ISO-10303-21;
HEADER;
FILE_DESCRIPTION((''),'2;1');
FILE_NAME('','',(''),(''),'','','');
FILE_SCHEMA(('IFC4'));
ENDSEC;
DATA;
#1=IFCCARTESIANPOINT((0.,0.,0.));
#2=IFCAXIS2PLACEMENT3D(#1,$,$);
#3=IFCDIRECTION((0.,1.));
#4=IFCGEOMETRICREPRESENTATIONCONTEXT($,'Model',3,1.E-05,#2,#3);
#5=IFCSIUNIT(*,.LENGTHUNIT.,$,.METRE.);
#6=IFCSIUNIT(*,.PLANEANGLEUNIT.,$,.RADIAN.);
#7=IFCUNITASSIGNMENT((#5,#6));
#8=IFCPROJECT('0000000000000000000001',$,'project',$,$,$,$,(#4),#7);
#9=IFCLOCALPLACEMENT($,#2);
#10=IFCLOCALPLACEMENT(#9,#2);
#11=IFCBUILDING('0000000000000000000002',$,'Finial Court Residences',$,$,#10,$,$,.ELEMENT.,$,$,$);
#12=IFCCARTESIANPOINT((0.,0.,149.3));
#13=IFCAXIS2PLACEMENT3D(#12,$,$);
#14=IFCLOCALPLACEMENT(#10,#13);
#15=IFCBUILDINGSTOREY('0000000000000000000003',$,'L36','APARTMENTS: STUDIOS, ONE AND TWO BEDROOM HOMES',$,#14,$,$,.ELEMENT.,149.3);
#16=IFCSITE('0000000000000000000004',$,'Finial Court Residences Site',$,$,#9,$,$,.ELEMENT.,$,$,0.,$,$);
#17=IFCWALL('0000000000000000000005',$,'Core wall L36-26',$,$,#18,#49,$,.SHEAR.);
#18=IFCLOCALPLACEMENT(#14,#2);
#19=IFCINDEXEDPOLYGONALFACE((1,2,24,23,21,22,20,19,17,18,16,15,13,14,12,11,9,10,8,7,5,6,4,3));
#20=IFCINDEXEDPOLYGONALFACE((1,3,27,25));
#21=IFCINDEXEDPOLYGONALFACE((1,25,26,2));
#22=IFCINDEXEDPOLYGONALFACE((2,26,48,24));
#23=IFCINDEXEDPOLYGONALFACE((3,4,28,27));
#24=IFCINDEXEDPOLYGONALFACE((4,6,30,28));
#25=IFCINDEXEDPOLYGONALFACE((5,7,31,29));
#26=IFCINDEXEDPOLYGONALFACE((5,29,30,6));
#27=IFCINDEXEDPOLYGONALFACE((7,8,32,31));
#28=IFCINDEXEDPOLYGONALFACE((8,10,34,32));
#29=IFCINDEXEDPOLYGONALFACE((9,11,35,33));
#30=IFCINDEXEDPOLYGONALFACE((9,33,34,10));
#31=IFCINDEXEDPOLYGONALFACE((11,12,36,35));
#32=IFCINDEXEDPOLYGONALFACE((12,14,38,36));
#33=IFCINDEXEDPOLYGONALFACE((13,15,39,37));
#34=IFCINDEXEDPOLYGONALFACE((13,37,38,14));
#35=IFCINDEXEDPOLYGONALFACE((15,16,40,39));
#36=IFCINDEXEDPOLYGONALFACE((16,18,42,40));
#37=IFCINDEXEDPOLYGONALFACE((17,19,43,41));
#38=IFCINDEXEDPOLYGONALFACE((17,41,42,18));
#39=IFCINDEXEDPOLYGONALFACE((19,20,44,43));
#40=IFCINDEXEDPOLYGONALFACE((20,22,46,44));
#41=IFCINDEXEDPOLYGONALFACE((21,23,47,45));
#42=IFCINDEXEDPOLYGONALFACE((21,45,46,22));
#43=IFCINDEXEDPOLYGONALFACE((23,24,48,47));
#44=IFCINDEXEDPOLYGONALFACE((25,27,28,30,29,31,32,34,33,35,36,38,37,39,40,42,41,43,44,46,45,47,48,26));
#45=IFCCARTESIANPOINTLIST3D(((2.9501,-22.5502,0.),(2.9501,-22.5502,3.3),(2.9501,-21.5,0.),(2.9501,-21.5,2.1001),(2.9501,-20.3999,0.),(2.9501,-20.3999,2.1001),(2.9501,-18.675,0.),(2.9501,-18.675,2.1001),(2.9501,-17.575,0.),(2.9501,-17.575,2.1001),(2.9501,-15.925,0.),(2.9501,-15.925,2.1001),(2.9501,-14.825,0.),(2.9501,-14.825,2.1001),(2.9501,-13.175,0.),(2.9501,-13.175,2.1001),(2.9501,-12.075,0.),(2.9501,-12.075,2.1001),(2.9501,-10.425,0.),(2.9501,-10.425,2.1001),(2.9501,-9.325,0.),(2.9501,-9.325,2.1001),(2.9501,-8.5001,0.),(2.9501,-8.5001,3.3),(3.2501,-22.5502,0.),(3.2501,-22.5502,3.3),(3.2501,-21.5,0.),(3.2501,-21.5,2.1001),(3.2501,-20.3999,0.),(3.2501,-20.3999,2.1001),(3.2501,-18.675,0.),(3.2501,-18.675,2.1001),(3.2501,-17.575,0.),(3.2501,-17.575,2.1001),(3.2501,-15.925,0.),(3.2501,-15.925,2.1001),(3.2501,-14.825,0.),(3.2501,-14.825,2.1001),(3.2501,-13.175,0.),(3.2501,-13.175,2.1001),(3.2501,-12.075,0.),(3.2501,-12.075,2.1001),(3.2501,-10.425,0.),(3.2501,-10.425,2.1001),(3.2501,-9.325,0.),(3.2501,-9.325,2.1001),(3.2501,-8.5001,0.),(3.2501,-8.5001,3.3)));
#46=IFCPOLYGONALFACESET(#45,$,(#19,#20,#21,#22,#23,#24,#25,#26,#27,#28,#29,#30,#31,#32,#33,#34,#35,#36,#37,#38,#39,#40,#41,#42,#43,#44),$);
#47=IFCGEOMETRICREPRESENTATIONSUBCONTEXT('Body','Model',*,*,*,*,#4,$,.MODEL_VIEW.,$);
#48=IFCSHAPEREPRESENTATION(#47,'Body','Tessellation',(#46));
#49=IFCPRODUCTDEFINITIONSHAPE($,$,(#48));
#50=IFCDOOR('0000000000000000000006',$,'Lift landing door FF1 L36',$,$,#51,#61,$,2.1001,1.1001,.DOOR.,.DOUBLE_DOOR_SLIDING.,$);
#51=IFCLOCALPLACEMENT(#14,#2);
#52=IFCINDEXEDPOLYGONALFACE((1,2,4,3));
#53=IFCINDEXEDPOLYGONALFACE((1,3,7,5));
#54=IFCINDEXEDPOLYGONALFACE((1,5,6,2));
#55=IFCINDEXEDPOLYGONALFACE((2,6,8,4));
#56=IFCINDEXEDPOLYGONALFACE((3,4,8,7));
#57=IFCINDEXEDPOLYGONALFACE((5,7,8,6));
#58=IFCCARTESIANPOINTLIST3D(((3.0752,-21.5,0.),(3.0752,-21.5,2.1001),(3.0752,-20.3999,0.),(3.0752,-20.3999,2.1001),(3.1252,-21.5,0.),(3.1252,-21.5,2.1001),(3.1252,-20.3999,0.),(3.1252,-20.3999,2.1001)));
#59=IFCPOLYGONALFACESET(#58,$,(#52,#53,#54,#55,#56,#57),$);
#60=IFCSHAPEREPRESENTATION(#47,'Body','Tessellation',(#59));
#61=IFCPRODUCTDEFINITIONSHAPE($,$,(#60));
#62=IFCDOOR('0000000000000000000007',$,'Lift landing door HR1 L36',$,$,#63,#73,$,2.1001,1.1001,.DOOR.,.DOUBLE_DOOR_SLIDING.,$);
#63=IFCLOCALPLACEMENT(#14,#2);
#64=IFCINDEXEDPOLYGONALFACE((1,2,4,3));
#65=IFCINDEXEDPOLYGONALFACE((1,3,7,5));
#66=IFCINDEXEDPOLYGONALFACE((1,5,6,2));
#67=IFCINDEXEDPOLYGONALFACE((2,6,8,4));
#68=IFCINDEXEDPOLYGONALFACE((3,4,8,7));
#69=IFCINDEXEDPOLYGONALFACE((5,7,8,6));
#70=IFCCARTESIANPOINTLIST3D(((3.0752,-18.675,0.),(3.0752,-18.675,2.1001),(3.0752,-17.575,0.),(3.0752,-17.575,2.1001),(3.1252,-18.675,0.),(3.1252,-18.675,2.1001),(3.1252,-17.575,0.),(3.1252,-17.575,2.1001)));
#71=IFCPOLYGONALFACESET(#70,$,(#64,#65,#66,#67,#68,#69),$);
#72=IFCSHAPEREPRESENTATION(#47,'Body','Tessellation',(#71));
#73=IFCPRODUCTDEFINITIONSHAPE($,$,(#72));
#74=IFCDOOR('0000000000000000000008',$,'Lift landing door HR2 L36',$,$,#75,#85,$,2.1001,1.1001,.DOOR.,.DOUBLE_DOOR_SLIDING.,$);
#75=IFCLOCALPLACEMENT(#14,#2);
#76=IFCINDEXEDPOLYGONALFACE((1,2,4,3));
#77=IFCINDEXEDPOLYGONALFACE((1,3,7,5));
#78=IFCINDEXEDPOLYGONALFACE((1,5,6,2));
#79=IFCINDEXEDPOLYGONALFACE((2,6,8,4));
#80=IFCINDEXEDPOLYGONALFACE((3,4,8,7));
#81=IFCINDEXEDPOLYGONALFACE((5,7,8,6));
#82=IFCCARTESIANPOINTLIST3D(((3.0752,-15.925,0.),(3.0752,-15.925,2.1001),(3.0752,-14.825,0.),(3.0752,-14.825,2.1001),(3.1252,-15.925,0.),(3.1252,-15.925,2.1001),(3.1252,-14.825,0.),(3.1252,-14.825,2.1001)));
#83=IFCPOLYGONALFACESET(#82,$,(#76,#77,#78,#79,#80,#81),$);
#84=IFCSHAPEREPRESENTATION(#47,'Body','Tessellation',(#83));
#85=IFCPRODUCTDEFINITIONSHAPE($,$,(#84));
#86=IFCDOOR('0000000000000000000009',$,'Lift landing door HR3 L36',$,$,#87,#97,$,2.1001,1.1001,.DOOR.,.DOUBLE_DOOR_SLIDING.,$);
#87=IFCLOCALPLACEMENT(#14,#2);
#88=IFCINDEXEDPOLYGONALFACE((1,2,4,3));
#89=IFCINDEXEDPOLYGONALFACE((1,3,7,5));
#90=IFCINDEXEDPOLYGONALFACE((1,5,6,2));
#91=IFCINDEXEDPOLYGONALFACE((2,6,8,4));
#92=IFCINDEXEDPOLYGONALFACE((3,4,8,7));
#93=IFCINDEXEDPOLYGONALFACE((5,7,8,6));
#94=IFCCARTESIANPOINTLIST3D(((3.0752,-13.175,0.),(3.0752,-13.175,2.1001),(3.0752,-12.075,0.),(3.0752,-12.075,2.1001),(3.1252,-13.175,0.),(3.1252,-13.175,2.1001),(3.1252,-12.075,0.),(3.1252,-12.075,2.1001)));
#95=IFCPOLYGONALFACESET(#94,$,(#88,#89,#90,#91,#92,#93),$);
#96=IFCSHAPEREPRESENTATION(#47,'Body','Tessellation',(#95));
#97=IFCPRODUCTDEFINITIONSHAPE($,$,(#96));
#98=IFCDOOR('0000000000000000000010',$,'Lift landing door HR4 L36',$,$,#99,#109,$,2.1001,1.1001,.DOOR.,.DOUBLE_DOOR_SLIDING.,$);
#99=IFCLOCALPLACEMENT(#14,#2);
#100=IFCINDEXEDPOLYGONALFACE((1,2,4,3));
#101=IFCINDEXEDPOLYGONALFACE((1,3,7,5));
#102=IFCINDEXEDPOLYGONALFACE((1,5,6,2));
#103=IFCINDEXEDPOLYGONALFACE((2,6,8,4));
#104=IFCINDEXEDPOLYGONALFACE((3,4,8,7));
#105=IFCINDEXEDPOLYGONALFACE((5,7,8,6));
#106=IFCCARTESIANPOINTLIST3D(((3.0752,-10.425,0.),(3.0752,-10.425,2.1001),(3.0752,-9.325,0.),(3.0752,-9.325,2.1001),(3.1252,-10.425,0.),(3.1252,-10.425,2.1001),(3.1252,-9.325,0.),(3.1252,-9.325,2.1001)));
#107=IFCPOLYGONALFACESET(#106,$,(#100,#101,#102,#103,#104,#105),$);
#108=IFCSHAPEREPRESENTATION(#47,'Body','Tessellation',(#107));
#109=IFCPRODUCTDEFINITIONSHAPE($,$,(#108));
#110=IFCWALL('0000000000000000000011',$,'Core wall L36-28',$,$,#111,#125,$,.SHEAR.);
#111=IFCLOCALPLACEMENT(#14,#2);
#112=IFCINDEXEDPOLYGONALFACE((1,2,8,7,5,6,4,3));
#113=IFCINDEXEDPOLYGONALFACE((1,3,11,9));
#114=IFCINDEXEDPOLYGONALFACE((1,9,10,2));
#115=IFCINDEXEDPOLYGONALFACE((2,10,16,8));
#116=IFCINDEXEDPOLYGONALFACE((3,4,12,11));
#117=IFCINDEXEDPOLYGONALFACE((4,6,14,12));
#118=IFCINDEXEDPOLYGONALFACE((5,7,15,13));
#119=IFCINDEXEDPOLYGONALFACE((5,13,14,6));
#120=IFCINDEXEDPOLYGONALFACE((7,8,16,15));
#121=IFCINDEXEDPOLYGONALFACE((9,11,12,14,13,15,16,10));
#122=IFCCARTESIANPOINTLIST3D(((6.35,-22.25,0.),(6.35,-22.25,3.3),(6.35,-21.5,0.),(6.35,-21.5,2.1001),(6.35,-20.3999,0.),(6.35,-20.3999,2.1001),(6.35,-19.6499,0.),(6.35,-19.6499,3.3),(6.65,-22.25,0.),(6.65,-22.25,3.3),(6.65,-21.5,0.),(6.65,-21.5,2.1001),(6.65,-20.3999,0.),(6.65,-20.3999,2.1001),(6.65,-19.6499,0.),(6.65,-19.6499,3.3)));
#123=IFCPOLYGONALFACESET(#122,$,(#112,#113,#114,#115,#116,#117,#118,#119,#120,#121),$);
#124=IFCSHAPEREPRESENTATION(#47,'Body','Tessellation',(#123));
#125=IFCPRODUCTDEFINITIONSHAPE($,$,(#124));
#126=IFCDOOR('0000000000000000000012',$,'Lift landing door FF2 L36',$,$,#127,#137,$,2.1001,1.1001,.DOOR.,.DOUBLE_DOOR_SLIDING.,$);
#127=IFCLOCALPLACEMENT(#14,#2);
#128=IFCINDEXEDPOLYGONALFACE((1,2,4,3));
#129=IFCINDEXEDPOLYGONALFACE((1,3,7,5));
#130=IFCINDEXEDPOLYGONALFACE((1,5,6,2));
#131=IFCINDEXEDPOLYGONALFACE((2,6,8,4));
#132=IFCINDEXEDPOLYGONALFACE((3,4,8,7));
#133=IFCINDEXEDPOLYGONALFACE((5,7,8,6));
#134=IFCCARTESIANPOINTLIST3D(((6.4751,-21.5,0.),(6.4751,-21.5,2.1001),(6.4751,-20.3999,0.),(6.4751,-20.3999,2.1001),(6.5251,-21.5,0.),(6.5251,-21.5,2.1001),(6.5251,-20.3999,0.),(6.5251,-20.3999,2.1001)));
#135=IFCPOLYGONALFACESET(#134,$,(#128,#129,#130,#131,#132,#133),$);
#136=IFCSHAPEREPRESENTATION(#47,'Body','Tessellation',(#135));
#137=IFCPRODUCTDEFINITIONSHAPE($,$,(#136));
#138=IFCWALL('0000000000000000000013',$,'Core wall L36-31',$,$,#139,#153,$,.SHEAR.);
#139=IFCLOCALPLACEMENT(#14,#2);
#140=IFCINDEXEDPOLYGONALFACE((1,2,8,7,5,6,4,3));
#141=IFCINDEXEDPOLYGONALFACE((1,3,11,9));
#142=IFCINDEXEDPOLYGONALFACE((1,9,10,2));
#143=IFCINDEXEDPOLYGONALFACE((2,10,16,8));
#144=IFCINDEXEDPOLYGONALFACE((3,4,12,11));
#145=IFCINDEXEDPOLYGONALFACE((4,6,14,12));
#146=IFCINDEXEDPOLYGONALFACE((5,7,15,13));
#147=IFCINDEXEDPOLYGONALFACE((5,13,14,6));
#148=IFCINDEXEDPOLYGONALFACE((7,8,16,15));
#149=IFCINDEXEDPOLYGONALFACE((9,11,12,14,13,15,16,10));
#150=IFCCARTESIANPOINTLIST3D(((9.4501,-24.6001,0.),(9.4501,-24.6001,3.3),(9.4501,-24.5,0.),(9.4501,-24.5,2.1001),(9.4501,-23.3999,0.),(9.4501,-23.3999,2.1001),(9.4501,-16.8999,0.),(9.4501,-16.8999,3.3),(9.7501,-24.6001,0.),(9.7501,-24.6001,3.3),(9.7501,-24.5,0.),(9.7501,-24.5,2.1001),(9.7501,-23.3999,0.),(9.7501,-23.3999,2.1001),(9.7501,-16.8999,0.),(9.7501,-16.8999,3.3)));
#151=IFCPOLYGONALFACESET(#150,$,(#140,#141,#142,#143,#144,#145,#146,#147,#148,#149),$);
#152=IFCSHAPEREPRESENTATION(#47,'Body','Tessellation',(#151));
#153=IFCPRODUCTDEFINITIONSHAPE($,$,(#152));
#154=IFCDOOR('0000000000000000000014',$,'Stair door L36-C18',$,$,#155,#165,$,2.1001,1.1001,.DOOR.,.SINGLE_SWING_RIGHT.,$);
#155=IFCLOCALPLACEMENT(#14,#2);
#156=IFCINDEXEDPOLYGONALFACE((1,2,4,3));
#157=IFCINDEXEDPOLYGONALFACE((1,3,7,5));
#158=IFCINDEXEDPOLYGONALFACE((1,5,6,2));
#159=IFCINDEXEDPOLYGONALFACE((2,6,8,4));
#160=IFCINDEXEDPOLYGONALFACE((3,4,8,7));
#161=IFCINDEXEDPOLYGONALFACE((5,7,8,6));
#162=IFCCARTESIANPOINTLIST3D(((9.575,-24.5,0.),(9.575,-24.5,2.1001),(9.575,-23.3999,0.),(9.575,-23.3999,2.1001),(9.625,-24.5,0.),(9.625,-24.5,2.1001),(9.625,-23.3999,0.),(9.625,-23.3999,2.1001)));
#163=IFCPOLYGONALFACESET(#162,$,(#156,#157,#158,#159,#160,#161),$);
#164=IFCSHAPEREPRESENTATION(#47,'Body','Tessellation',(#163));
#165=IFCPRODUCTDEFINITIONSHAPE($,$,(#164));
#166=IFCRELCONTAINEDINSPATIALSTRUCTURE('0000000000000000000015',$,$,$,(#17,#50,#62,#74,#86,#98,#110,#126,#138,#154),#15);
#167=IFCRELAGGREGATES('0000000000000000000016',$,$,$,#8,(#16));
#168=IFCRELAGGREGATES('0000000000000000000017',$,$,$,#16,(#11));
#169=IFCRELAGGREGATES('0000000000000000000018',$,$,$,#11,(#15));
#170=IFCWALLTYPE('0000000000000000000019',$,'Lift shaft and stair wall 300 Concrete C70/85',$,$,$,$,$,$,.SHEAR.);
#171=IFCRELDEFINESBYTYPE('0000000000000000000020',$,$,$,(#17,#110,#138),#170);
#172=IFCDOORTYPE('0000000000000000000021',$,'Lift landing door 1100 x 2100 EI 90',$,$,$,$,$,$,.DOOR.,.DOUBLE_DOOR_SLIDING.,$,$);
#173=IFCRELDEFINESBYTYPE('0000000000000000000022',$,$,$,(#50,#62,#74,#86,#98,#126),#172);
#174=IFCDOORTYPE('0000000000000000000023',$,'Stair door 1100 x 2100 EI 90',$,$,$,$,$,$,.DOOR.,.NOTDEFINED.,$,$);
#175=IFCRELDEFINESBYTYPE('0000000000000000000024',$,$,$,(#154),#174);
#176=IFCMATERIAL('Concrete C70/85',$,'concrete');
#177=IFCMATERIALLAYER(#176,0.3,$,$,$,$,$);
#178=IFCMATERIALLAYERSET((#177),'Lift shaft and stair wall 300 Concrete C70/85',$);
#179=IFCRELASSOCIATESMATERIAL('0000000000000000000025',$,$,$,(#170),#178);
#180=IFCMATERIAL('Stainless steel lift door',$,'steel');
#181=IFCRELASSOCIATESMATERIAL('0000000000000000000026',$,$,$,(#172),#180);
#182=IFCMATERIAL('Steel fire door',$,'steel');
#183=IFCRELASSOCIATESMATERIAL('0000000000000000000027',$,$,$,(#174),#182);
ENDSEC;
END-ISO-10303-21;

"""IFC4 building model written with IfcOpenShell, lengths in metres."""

from ifc_helpers import new_model, si_unit, direction, frame, frame_2d, origin, place, context, subcontext, project, spatial, rectangle, extrude, material, layer, layer_set, type_object, element, fill, save


model = new_model("IFC4")

# Units and contexts
model_context = context("Model", 3, precision=1e-05, world=origin(), true_north=direction((0.0, 1.0)))
body_context = subcontext(model_context, "Body", "Model", "MODEL_VIEW")
ifc_project = project(units=[si_unit("LENGTHUNIT", "METRE"), si_unit("PLANEANGLEUNIT", "RADIAN")], contexts=[model_context])

# Site, building, storey
site_placement = place(None, origin())
site = spatial("IfcSite", under=ifc_project, at=site_placement, Name="Finial Court Residences Site", CompositionType="ELEMENT", RefElevation=0.0)
building_placement = place(site_placement, origin())
building = spatial("IfcBuilding", under=site, at=building_placement, Name="Finial Court Residences", CompositionType="ELEMENT")
storey_placement = place(building_placement, frame((0.0, 0.0, 149.3)))
storey = spatial("IfcBuildingStorey", under=building, at=storey_placement, Name="L36", Description="APARTMENTS: STUDIOS, ONE AND TWO BEDROOM HOMES", CompositionType="ELEMENT", Elevation=149.3)

# Shared definitions
ifc_material_1 = material(Name="Steel fire door", Category="steel")

# Shared definitions
ifc_material_2 = material(Name="Concrete C70/85", Category="concrete")
ifc_layer_1 = layer(ifc_material_2, 0.3)
ifc_layer_set_1 = layer_set([ifc_layer_1], Name="Lift shaft and stair wall 300 Concrete C70/85")
wall_type_1 = type_object("IfcWallType", Name="Lift shaft and stair wall 300 Concrete C70/85", PredefinedType="SHEAR", material=ifc_layer_set_1)

# Wall, openings, doors
wall_1_placement = place(storey_placement, frame((3.1001, -22.55, 0.0), z_axis=(0.0, 0.0, 1.0), x_axis=(0.0, 1.0, 0.0)))
wall_1 = element("IfcWall", 1, at=wall_1_placement, inside=storey, type_object=wall_type_1, Name="Core wall L36-26", PredefinedType="SHEAR", context=body_context, shape_type="SweptSolid", body=[
    extrude(rectangle(XDim=14.05, YDim=0.3, at=frame_2d((7.0249, 0.0))), origin(), (0.0, 0.0, 1.0), 3.3),
])
opening_1_placement = place(wall_1_placement, frame((1.05, 0.0, 0.0)))
opening_1 = element("IfcOpeningElement", 2, at=opening_1_placement, cuts=wall_1, PredefinedType="OPENING", context=body_context, shape_type="SweptSolid", body=[
    extrude(rectangle(XDim=1.1001, YDim=2.1001, at=frame_2d((0.55, 1.05))), frame((0.0, 0.1599, 0.0), z_axis=(0.0, -1.0, 0.0), x_axis=(1.0, 0.0, 0.0)), (0.0, 0.0, 1.0), 0.3201),
])
opening_2_placement = place(wall_1_placement, frame((3.875, 0.0, 0.0)))
opening_2 = element("IfcOpeningElement", 3, at=opening_2_placement, cuts=wall_1, PredefinedType="OPENING", context=body_context, shape_type="SweptSolid", body=[
    extrude(rectangle(XDim=1.1001, YDim=2.1001, at=frame_2d((0.55, 1.05))), frame((0.0, 0.1599, 0.0), z_axis=(0.0, -1.0, 0.0), x_axis=(1.0, 0.0, 0.0)), (0.0, 0.0, 1.0), 0.3201),
])
opening_3_placement = place(wall_1_placement, frame((6.625, 0.0, 0.0)))
opening_3 = element("IfcOpeningElement", 4, at=opening_3_placement, cuts=wall_1, PredefinedType="OPENING", context=body_context, shape_type="SweptSolid", body=[
    extrude(rectangle(XDim=1.1001, YDim=2.1001, at=frame_2d((0.55, 1.05))), frame((0.0, 0.1599, 0.0), z_axis=(0.0, -1.0, 0.0), x_axis=(1.0, 0.0, 0.0)), (0.0, 0.0, 1.0), 0.3201),
])
opening_4_placement = place(wall_1_placement, frame((9.375, 0.0, 0.0)))
opening_4 = element("IfcOpeningElement", 5, at=opening_4_placement, cuts=wall_1, PredefinedType="OPENING", context=body_context, shape_type="SweptSolid", body=[
    extrude(rectangle(XDim=1.1001, YDim=2.1001, at=frame_2d((0.55, 1.05))), frame((0.0, 0.1599, 0.0), z_axis=(0.0, -1.0, 0.0), x_axis=(1.0, 0.0, 0.0)), (0.0, 0.0, 1.0), 0.3201),
])
opening_5_placement = place(wall_1_placement, frame((12.125, 0.0, 0.0)))
opening_5 = element("IfcOpeningElement", 6, at=opening_5_placement, cuts=wall_1, PredefinedType="OPENING", context=body_context, shape_type="SweptSolid", body=[
    extrude(rectangle(XDim=1.1001, YDim=2.1001, at=frame_2d((0.55, 1.05))), frame((0.0, 0.1599, 0.0), z_axis=(0.0, -1.0, 0.0), x_axis=(1.0, 0.0, 0.0)), (0.0, 0.0, 1.0), 0.3201),
])
ifc_material_3 = material(Name="Stainless steel lift door", Category="steel")
door_type_1 = type_object("IfcDoorType", Name="Lift landing door 1100 x 2100 EI 90", OperationType="DOUBLE_DOOR_SLIDING", PredefinedType="DOOR", material=ifc_material_3)
door_1_placement = place(opening_1_placement, origin())
door_1 = element("IfcDoor", 7, at=door_1_placement, inside=storey, type_object=door_type_1, Name="Lift landing door FF1 L36", OperationType="DOUBLE_DOOR_SLIDING", OverallHeight=2.1001, OverallWidth=1.1001, PredefinedType="DOOR", context=body_context, shape_type="SweptSolid", body=[
    extrude(rectangle(XDim=1.1001, YDim=2.1001, at=frame_2d((0.55, 1.05))), frame((0.0, 0.0249, 0.0), z_axis=(0.0, -1.0, 0.0), x_axis=(1.0, 0.0, 0.0)), (0.0, 0.0, 1.0), 0.05),
])
fill(opening_1, door_1)
door_2_placement = place(opening_2_placement, origin())
door_2 = element("IfcDoor", 8, at=door_2_placement, inside=storey, type_object=door_type_1, Name="Lift landing door HR1 L36", OperationType="DOUBLE_DOOR_SLIDING", OverallHeight=2.1001, OverallWidth=1.1001, PredefinedType="DOOR", context=body_context, shape_type="SweptSolid", body=[
    extrude(rectangle(XDim=1.1001, YDim=2.1001, at=frame_2d((0.55, 1.05))), frame((0.0, 0.0249, 0.0), z_axis=(0.0, -1.0, 0.0), x_axis=(1.0, 0.0, 0.0)), (0.0, 0.0, 1.0), 0.05),
])
fill(opening_2, door_2)
door_3_placement = place(opening_3_placement, origin())
door_3 = element("IfcDoor", 9, at=door_3_placement, inside=storey, type_object=door_type_1, Name="Lift landing door HR2 L36", OperationType="DOUBLE_DOOR_SLIDING", OverallHeight=2.1001, OverallWidth=1.1001, PredefinedType="DOOR", context=body_context, shape_type="SweptSolid", body=[
    extrude(rectangle(XDim=1.1001, YDim=2.1001, at=frame_2d((0.55, 1.05))), frame((0.0, 0.0249, 0.0), z_axis=(0.0, -1.0, 0.0), x_axis=(1.0, 0.0, 0.0)), (0.0, 0.0, 1.0), 0.05),
])
fill(opening_3, door_3)
door_4_placement = place(opening_4_placement, origin())
door_4 = element("IfcDoor", 10, at=door_4_placement, inside=storey, type_object=door_type_1, Name="Lift landing door HR3 L36", OperationType="DOUBLE_DOOR_SLIDING", OverallHeight=2.1001, OverallWidth=1.1001, PredefinedType="DOOR", context=body_context, shape_type="SweptSolid", body=[
    extrude(rectangle(XDim=1.1001, YDim=2.1001, at=frame_2d((0.55, 1.05))), frame((0.0, 0.0249, 0.0), z_axis=(0.0, -1.0, 0.0), x_axis=(1.0, 0.0, 0.0)), (0.0, 0.0, 1.0), 0.05),
])
fill(opening_4, door_4)
door_5_placement = place(opening_5_placement, origin())
door_5 = element("IfcDoor", 11, at=door_5_placement, inside=storey, type_object=door_type_1, Name="Lift landing door HR4 L36", OperationType="DOUBLE_DOOR_SLIDING", OverallHeight=2.1001, OverallWidth=1.1001, PredefinedType="DOOR", context=body_context, shape_type="SweptSolid", body=[
    extrude(rectangle(XDim=1.1001, YDim=2.1001, at=frame_2d((0.55, 1.05))), frame((0.0, 0.0249, 0.0), z_axis=(0.0, -1.0, 0.0), x_axis=(1.0, 0.0, 0.0)), (0.0, 0.0, 1.0), 0.05),
])
fill(opening_5, door_5)

# Walls, openings, doors
wall_2_placement = place(storey_placement, frame((6.5, -22.25, 0.0), z_axis=(0.0, 0.0, 1.0), x_axis=(0.0, 1.0, 0.0)))
wall_2 = element("IfcWall", 12, at=wall_2_placement, inside=storey, type_object=wall_type_1, Name="Core wall L36-28", PredefinedType="SHEAR", context=body_context, shape_type="SweptSolid", body=[
    extrude(rectangle(XDim=2.6001, YDim=0.3, at=frame_2d((1.3, 0.0))), origin(), (0.0, 0.0, 1.0), 3.3),
])
opening_6_placement = place(wall_2_placement, frame((0.75, 0.0, 0.0)))
opening_6 = element("IfcOpeningElement", 13, at=opening_6_placement, cuts=wall_2, PredefinedType="OPENING", context=body_context, shape_type="SweptSolid", body=[
    extrude(rectangle(XDim=1.1001, YDim=2.1001, at=frame_2d((0.55, 1.05))), frame((0.0, 0.1599, 0.0), z_axis=(0.0, -1.0, 0.0), x_axis=(1.0, 0.0, 0.0)), (0.0, 0.0, 1.0), 0.3201),
])
door_6_placement = place(opening_6_placement, origin())
door_6 = element("IfcDoor", 14, at=door_6_placement, inside=storey, type_object=door_type_1, Name="Lift landing door FF2 L36", OperationType="DOUBLE_DOOR_SLIDING", OverallHeight=2.1001, OverallWidth=1.1001, PredefinedType="DOOR", context=body_context, shape_type="SweptSolid", body=[
    extrude(rectangle(XDim=1.1001, YDim=2.1001, at=frame_2d((0.55, 1.05))), frame((0.0, 0.0249, 0.0), z_axis=(0.0, -1.0, 0.0), x_axis=(1.0, 0.0, 0.0)), (0.0, 0.0, 1.0), 0.05),
])
fill(opening_6, door_6)
wall_3_placement = place(storey_placement, frame((9.6001, -16.8999, 0.0), z_axis=(0.0, 0.0, 1.0), x_axis=(0.0, -1.0, 0.0)))
wall_3 = element("IfcWall", 15, at=wall_3_placement, inside=storey, type_object=wall_type_1, Name="Core wall L36-31", PredefinedType="SHEAR", context=body_context, shape_type="SweptSolid", body=[
    extrude(rectangle(XDim=7.7002, YDim=0.3, at=frame_2d((3.8501, 0.0))), origin(), (0.0, 0.0, 1.0), 3.3),
])
opening_7_placement = place(wall_3_placement, frame((6.5, 0.0, 0.0)))
opening_7 = element("IfcOpeningElement", 16, at=opening_7_placement, cuts=wall_3, PredefinedType="OPENING", context=body_context, shape_type="SweptSolid", body=[
    extrude(rectangle(XDim=1.1001, YDim=2.1001, at=frame_2d((0.55, 1.05))), frame((0.0, 0.1599, 0.0), z_axis=(0.0, -1.0, 0.0), x_axis=(1.0, 0.0, 0.0)), (0.0, 0.0, 1.0), 0.3201),
])
door_type_2 = type_object("IfcDoorType", Name="Stair door 1100 x 2100 EI 90", OperationType="NOTDEFINED", PredefinedType="DOOR", material=ifc_material_1)
door_7_placement = place(opening_7_placement, origin())
door_7 = element("IfcDoor", 17, at=door_7_placement, inside=storey, type_object=door_type_2, Name="Stair door L36-C18", OperationType="SINGLE_SWING_RIGHT", OverallHeight=2.1001, OverallWidth=1.1001, PredefinedType="DOOR", context=body_context, shape_type="SweptSolid", body=[
    extrude(rectangle(XDim=1.1001, YDim=2.1001, at=frame_2d((0.55, 1.05))), frame((0.0, 0.0249, 0.0), z_axis=(0.0, -1.0, 0.0), x_axis=(1.0, 0.0, 0.0)), (0.0, 0.0, 1.0), 0.05),
])
fill(opening_7, door_7)

save(model, "model.ifc")
